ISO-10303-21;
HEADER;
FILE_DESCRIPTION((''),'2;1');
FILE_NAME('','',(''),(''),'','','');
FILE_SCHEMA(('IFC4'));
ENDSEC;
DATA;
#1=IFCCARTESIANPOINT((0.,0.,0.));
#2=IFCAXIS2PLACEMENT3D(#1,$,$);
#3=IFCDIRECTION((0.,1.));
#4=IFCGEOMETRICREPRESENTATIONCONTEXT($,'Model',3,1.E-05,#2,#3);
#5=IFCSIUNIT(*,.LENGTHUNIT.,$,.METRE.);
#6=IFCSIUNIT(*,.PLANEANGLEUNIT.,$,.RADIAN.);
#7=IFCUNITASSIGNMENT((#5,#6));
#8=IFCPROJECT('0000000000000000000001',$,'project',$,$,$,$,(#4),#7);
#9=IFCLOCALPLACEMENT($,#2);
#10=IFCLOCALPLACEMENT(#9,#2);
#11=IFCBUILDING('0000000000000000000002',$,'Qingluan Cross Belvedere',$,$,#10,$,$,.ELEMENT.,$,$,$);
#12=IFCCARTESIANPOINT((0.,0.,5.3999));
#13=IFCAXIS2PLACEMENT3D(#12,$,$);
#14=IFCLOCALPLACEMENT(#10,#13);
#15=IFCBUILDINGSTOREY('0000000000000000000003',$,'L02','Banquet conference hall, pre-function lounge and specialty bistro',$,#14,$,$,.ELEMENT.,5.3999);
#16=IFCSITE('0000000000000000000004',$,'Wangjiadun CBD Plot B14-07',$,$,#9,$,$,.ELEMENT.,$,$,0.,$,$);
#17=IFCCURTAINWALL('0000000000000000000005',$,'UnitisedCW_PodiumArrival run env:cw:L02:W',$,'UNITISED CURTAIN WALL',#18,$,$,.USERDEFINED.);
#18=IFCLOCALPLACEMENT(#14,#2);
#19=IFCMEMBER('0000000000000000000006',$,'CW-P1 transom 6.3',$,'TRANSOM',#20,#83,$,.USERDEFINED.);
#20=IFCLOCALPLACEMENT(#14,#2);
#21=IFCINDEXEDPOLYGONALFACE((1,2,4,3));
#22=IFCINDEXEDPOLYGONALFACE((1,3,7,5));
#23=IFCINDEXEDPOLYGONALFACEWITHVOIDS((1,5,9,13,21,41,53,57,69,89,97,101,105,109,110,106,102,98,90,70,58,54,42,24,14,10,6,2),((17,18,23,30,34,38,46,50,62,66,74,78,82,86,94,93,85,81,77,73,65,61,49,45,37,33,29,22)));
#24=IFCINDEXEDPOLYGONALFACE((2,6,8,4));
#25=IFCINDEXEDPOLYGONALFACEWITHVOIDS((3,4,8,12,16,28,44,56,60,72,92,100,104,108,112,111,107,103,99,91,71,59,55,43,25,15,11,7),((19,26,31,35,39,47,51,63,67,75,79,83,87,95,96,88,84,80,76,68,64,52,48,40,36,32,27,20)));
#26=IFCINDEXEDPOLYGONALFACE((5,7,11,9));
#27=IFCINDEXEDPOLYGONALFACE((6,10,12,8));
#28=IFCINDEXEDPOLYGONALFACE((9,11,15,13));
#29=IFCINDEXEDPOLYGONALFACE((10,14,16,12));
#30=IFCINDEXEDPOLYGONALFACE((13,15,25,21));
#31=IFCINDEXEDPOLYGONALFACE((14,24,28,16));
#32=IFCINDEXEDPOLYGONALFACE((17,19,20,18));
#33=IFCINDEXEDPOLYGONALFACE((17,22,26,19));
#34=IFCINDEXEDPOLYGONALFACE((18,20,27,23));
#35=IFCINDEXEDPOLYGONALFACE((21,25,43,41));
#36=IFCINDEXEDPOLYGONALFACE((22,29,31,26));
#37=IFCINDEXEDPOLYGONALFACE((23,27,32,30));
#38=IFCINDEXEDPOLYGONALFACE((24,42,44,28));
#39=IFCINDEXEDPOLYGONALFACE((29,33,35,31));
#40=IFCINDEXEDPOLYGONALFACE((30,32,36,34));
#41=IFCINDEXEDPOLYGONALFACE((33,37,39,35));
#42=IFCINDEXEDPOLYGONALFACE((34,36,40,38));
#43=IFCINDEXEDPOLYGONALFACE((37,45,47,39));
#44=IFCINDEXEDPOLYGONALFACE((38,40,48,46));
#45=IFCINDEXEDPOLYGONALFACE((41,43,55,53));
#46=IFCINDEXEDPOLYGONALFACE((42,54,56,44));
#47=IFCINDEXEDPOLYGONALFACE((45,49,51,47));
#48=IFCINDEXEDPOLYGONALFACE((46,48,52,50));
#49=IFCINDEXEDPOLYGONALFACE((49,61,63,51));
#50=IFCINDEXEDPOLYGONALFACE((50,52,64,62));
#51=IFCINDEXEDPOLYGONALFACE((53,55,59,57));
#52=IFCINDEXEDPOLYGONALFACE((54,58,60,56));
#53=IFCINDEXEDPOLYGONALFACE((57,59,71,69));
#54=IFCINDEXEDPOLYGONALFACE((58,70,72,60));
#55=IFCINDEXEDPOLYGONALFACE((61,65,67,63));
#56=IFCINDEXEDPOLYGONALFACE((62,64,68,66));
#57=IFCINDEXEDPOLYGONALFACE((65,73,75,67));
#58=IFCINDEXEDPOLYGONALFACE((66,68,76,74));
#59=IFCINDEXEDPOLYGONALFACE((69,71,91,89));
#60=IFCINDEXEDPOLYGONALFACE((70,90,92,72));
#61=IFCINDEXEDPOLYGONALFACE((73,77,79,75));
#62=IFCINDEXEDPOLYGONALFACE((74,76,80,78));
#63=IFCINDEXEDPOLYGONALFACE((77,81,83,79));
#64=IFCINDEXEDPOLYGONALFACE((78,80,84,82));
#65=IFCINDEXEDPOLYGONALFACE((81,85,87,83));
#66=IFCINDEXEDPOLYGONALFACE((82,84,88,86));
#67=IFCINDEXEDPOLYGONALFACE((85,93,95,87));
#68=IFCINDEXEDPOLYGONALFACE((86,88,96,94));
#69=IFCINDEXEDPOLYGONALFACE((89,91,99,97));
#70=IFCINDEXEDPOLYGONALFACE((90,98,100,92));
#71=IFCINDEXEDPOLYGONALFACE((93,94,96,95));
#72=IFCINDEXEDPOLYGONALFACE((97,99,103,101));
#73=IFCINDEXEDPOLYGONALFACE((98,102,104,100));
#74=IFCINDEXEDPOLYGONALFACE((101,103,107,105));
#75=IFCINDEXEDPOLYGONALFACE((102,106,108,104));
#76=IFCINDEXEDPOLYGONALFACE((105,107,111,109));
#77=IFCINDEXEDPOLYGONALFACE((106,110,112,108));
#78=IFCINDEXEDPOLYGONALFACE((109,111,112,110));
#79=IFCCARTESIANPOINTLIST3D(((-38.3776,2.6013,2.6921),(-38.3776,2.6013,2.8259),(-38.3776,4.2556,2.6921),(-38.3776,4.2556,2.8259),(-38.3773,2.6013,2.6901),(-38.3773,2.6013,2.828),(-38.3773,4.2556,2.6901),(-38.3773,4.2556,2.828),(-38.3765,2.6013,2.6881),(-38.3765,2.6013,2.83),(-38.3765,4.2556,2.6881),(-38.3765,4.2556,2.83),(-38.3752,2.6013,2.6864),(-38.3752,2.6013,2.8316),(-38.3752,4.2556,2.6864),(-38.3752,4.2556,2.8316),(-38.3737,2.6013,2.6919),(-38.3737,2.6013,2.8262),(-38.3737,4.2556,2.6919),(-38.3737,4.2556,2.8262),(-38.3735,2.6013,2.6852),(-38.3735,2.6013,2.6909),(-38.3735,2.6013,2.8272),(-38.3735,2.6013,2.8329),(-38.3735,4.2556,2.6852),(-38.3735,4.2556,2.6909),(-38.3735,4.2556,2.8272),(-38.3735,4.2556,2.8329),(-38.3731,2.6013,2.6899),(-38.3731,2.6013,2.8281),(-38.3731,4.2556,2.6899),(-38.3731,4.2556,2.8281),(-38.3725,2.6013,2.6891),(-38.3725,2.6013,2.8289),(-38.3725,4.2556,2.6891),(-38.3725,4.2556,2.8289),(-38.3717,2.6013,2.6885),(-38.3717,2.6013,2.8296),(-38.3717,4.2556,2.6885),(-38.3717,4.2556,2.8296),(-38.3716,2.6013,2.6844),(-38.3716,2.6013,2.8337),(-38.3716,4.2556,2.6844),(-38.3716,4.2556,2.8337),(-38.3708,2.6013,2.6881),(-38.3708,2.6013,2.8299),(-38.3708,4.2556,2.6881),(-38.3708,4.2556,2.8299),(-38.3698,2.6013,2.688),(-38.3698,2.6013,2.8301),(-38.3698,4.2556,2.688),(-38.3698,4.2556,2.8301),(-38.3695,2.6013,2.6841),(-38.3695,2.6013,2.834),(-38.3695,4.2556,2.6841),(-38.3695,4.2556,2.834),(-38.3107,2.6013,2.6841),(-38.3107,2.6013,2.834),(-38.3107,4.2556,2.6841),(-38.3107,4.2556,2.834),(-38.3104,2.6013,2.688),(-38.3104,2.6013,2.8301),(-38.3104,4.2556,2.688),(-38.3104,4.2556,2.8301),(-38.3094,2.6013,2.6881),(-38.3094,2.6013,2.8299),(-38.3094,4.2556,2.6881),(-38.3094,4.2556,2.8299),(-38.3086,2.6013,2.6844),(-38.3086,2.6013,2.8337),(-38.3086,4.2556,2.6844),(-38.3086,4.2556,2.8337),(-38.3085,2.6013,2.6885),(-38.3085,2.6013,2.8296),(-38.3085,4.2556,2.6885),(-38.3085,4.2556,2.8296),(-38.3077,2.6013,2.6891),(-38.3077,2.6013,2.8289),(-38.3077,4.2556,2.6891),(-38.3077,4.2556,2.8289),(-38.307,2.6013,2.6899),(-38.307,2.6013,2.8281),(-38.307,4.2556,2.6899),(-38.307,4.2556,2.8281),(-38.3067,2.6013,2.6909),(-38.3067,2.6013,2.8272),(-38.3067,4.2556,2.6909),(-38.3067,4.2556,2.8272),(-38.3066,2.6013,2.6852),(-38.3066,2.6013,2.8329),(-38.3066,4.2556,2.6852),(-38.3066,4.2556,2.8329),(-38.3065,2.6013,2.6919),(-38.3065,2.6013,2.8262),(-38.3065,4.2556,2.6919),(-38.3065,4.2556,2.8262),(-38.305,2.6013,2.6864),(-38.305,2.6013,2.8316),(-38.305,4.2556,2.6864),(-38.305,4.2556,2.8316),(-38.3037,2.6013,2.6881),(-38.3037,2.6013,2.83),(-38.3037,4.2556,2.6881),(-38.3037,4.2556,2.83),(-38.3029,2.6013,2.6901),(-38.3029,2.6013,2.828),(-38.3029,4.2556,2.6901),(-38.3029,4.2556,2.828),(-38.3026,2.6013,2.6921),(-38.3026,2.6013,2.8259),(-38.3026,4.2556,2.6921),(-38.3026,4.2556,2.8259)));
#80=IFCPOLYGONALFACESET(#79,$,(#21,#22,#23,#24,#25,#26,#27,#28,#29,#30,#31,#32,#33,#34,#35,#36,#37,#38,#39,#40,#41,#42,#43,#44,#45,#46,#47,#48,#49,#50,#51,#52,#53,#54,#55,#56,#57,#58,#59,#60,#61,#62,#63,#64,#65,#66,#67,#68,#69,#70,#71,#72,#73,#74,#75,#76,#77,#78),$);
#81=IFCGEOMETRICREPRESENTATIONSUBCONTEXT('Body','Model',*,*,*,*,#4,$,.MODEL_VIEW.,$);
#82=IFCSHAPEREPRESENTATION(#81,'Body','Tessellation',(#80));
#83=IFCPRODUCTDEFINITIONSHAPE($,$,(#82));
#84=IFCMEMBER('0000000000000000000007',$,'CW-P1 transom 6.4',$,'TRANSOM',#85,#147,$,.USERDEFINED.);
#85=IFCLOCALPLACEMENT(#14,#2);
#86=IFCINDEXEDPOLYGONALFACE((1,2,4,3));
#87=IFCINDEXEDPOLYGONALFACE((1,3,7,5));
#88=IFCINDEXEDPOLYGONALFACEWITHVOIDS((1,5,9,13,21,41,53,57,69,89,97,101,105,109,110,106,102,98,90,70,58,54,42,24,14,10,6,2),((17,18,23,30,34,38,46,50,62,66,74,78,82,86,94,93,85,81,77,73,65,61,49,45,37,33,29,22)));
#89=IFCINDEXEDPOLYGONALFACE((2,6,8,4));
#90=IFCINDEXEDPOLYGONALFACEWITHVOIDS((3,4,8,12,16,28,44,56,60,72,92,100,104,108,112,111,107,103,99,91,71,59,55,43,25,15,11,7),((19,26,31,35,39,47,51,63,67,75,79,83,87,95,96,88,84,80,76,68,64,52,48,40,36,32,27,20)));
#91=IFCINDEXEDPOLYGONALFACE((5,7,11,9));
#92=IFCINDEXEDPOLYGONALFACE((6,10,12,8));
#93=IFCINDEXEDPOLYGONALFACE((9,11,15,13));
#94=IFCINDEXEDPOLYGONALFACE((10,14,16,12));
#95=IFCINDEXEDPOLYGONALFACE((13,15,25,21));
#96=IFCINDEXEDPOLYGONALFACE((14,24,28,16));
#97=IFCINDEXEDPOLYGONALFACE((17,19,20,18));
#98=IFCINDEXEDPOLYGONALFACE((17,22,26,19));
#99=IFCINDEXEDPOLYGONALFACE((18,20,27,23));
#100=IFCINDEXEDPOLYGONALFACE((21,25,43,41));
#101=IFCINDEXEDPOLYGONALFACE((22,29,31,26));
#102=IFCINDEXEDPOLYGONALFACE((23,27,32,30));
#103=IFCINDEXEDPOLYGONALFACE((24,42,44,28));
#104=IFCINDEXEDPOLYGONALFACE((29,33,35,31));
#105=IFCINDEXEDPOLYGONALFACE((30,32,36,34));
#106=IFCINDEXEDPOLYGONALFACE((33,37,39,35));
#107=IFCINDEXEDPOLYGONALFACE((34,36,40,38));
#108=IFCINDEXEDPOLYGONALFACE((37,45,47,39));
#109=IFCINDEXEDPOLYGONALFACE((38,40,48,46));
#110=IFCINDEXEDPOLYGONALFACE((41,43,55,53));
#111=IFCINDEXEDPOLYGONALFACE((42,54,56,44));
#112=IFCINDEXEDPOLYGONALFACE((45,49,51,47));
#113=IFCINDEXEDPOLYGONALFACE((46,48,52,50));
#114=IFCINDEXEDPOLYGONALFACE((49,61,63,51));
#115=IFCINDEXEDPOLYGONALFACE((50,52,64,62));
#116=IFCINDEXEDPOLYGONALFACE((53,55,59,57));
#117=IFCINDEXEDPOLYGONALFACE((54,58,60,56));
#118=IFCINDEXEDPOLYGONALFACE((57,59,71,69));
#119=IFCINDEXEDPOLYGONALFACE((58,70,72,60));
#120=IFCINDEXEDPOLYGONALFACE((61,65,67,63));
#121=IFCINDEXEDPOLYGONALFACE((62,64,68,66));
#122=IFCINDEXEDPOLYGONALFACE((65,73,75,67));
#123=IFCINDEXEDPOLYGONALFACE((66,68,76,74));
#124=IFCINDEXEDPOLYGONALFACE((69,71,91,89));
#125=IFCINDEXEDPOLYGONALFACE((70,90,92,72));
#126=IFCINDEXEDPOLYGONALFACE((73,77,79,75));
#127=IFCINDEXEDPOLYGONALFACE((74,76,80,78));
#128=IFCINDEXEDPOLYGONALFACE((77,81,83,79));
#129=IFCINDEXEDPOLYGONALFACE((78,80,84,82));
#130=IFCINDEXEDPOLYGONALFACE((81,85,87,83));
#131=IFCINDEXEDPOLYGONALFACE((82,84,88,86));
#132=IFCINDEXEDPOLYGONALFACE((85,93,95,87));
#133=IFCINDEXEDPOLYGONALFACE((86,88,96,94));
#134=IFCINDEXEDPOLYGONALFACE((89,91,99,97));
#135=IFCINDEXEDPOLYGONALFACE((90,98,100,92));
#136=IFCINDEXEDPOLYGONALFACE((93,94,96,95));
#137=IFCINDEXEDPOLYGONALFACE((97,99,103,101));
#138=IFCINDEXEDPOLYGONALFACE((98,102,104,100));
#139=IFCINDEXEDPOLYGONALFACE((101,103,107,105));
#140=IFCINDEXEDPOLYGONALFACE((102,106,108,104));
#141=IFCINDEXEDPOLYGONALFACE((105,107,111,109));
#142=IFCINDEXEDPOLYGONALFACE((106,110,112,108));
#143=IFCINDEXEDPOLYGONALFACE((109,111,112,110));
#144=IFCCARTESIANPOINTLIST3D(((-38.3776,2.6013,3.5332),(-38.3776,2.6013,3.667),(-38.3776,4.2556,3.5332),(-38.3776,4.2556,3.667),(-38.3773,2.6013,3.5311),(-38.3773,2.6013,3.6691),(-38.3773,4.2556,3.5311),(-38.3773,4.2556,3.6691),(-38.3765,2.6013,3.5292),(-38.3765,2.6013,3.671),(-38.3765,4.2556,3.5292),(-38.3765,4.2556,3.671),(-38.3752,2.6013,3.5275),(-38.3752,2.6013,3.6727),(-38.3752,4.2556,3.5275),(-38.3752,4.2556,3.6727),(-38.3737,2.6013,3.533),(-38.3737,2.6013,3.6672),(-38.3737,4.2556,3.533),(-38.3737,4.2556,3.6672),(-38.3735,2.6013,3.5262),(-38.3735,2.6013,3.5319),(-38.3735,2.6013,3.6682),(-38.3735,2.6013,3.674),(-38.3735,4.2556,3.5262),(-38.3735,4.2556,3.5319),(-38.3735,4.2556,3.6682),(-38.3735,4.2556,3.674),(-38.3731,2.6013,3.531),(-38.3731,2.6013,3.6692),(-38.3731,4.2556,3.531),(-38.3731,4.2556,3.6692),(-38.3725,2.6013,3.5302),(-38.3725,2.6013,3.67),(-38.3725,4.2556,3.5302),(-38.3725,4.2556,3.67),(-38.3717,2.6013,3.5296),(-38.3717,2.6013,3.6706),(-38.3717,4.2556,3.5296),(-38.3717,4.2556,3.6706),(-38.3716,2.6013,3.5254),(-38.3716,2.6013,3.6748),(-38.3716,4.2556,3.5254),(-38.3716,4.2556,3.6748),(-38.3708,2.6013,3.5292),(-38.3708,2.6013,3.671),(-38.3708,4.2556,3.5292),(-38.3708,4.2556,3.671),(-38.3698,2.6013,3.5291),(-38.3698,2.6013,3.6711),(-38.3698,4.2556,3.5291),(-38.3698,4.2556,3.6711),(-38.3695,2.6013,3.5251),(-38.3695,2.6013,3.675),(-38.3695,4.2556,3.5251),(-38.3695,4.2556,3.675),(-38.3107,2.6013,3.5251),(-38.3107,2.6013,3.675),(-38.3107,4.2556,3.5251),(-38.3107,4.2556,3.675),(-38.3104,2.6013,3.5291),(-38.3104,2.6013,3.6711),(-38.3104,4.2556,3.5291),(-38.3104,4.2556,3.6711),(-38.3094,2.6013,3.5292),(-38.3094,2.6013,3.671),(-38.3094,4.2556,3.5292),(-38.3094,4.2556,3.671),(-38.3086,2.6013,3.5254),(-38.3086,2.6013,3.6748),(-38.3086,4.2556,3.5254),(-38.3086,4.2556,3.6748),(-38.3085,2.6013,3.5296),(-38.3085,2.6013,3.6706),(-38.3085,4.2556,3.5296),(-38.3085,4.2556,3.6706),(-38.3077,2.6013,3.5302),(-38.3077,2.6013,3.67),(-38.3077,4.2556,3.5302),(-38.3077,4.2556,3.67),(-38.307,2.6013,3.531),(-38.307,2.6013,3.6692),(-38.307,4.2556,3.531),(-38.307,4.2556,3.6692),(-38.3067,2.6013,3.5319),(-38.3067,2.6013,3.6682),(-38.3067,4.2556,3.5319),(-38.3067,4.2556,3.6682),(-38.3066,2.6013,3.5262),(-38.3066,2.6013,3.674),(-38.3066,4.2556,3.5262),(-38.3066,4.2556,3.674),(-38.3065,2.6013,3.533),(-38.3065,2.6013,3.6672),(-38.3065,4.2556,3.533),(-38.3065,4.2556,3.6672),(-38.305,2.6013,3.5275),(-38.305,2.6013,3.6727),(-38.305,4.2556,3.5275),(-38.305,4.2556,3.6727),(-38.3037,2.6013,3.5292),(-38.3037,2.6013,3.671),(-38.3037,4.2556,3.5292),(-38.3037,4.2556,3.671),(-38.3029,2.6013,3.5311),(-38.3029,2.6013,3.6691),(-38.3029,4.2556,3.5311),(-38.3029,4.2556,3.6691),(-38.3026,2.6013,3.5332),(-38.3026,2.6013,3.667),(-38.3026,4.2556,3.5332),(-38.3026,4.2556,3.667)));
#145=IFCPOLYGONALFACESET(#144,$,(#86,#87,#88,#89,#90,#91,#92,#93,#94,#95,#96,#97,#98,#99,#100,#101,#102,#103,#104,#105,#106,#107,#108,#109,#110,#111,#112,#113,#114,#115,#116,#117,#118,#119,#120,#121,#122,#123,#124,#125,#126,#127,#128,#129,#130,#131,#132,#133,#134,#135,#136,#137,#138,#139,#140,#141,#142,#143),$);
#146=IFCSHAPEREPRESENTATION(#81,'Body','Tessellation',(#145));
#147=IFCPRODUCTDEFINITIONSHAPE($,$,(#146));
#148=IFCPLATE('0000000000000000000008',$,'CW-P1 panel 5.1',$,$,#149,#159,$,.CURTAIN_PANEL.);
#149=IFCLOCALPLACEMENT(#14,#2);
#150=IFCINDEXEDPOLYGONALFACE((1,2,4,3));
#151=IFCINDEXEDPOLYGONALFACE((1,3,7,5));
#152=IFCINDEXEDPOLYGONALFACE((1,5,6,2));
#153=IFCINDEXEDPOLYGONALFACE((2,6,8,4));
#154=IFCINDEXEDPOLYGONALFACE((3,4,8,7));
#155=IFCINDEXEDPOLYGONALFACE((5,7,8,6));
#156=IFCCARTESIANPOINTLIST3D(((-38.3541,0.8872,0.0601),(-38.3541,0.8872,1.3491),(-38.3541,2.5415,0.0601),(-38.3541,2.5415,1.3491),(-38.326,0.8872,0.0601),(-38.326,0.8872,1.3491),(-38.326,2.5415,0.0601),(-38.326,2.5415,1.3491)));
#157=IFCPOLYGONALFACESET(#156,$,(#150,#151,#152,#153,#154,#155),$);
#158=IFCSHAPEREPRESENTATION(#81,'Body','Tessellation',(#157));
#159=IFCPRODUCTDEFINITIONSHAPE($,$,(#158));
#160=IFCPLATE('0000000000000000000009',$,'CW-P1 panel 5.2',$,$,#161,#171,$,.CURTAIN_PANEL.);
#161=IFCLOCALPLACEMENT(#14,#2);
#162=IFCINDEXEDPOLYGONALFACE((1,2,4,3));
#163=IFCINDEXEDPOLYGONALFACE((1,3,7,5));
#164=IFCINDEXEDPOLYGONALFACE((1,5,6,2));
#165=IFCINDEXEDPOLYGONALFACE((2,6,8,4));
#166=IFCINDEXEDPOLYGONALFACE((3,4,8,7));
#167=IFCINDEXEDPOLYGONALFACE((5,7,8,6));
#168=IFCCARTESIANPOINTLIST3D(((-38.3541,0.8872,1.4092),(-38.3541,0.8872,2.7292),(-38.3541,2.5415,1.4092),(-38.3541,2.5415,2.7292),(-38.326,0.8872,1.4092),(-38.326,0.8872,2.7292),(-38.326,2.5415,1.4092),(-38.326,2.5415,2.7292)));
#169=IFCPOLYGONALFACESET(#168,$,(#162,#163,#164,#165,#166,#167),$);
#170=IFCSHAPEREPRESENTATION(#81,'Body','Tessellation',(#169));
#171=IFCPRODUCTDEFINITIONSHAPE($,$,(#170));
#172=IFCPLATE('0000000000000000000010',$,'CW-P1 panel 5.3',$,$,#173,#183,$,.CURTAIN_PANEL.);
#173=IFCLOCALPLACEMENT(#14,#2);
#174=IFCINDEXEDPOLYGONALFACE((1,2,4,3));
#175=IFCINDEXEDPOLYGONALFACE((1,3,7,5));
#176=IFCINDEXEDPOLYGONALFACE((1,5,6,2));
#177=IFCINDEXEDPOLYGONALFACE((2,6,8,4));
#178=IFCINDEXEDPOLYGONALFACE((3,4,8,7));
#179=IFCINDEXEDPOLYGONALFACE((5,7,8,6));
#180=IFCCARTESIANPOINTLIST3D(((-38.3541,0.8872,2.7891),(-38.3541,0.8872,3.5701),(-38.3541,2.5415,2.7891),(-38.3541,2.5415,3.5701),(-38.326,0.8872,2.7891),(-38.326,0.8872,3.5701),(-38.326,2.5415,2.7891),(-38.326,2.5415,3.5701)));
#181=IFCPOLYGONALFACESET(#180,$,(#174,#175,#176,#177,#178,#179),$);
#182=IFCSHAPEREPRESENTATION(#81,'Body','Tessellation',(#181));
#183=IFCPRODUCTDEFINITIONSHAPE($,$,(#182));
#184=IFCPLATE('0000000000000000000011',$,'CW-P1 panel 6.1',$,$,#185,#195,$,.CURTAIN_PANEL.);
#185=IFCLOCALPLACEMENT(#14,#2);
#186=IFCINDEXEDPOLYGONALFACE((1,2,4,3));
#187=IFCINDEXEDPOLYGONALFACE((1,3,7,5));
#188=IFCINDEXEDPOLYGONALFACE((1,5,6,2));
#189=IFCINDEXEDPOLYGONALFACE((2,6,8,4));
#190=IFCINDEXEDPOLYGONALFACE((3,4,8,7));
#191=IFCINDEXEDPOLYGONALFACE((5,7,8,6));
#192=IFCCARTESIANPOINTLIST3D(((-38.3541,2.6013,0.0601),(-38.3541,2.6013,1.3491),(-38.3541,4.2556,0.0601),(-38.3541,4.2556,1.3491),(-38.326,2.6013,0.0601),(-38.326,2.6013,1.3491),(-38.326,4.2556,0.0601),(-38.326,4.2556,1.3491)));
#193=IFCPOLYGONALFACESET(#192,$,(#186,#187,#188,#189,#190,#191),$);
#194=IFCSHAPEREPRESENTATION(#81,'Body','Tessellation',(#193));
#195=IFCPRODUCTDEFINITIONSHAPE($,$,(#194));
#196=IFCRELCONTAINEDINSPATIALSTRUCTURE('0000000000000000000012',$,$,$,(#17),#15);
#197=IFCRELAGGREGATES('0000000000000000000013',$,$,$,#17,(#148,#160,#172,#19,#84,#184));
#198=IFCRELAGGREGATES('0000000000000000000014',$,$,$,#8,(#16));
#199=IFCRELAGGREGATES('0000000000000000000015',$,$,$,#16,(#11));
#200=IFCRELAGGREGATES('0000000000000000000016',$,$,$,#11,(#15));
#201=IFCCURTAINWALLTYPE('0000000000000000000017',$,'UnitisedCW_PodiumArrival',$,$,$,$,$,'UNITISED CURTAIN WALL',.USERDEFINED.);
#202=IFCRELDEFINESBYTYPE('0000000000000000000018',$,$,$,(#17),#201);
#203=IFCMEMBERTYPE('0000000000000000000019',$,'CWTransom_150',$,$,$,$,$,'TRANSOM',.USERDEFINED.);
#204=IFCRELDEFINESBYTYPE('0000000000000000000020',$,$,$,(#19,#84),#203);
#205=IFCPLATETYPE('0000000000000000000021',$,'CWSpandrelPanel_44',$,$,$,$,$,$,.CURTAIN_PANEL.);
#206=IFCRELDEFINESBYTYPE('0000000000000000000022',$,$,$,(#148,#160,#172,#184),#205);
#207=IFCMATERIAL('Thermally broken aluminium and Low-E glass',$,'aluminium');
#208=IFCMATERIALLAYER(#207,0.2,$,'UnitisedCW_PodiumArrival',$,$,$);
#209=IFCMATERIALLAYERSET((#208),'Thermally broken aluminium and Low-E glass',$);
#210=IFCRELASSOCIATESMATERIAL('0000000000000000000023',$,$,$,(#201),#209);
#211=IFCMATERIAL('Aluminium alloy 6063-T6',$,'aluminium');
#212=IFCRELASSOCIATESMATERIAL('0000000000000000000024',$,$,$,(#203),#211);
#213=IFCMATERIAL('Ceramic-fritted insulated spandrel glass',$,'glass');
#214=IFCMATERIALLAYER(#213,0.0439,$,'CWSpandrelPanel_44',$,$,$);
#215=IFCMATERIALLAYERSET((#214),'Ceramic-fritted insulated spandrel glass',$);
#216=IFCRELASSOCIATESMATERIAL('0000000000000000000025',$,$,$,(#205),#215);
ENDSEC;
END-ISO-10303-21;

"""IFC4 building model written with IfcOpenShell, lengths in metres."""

from ifc_helpers import new_model, si_unit, direction, frame, origin, origin_2d, place, context, subcontext, project, spatial, rectangle, hollow_rectangle, extrude, material, layer, layer_set, material_profile, profile_set, type_object, element, aggregate, save


model = new_model("IFC4")

# Units and contexts
model_context = context("Model", 3, precision=1e-05, world=origin(), true_north=direction((0.0, 1.0)))
body_context = subcontext(model_context, "Body", "Model", "MODEL_VIEW")
ifc_project = project(units=[si_unit("LENGTHUNIT", "METRE"), si_unit("PLANEANGLEUNIT", "RADIAN")], contexts=[model_context])

# Site, building, storey
site_placement = place(None, origin())
site = spatial("IfcSite", under=ifc_project, at=site_placement, Name="Wangjiadun CBD Plot B14-07", CompositionType="ELEMENT", RefElevation=0.0)
building_placement = place(site_placement, origin())
building = spatial("IfcBuilding", under=site, at=building_placement, Name="Qingluan Cross Belvedere", CompositionType="ELEMENT")
storey_placement = place(building_placement, frame((0.0, 0.0, 5.3999)))
storey = spatial("IfcBuildingStorey", under=building, at=storey_placement, Name="L02", Description="Banquet conference hall, pre-function lounge and specialty bistro", CompositionType="ELEMENT", Elevation=5.3999)

# Curtain wall, members, plates
ifc_material_1 = material(Name="Thermally broken aluminium and Low-E glass", Category="aluminium")
ifc_layer_1 = layer(ifc_material_1, 0.2, Name="UnitisedCW_PodiumArrival")
ifc_layer_set_1 = layer_set([ifc_layer_1], Name="Thermally broken aluminium and Low-E glass")
curtain_wall_type = type_object("IfcCurtainWallType", Name="UnitisedCW_PodiumArrival", ElementType="UNITISED CURTAIN WALL", PredefinedType="USERDEFINED", material=ifc_layer_set_1)
curtain_wall_placement = place(storey_placement, origin())
curtain_wall = element("IfcCurtainWall", 1, at=curtain_wall_placement, inside=storey, type_object=curtain_wall_type, Name="UnitisedCW_PodiumArrival run env:cw:L02:W", ObjectType="UNITISED CURTAIN WALL", PredefinedType="USERDEFINED")
ifc_material_2 = material(Name="Aluminium alloy 6063-T6", Category="aluminium")
ifc_material_profile_1 = material_profile(ifc_material_2, hollow_rectangle(XDim=0.075, YDim=0.1499, WallThickness=0.0039, InnerFilletRadius=0.0039, OuterFilletRadius=0.0081, at=origin_2d()), Name="CWT150x75x4")
ifc_profile_set_1 = profile_set([ifc_material_profile_1], Name="Aluminium alloy 6063-T6")
member_type_1 = type_object("IfcMemberType", Name="CWTransom_150", ElementType="TRANSOM", PredefinedType="USERDEFINED", material=ifc_profile_set_1)
member_1_placement = place(storey_placement, frame((-38.3401, 2.6013, 2.759), z_axis=(0.0, 1.0, 0.0), x_axis=(-1.0, 0.0, 0.0)))
member_1 = element("IfcMember", 2, at=member_1_placement, type_object=member_type_1, Name="CW-P1 transom 6.3", ObjectType="TRANSOM", PredefinedType="USERDEFINED", context=body_context, shape_type="SweptSolid", body=[
    extrude(hollow_rectangle(XDim=0.075, YDim=0.1499, WallThickness=0.0039, InnerFilletRadius=0.0039, OuterFilletRadius=0.0081, at=origin_2d()), origin(), (0.0, 0.0, 1.0), 1.6543),
])
member_2_placement = place(storey_placement, frame((-38.3401, 2.6013, 3.6001), z_axis=(0.0, 1.0, 0.0), x_axis=(-1.0, 0.0, 0.0)))
member_2 = element("IfcMember", 3, at=member_2_placement, type_object=member_type_1, Name="CW-P1 transom 6.4", ObjectType="TRANSOM", PredefinedType="USERDEFINED", context=body_context, shape_type="SweptSolid", body=[
    extrude(hollow_rectangle(XDim=0.075, YDim=0.1499, WallThickness=0.0039, InnerFilletRadius=0.0039, OuterFilletRadius=0.0081, at=origin_2d()), origin(), (0.0, 0.0, 1.0), 1.6543),
])
ifc_material_3 = material(Name="Ceramic-fritted insulated spandrel glass", Category="glass")
ifc_layer_2 = layer(ifc_material_3, 0.0439, Name="CWSpandrelPanel_44")
ifc_layer_set_2 = layer_set([ifc_layer_2], Name="Ceramic-fritted insulated spandrel glass")
plate_type = type_object("IfcPlateType", Name="CWSpandrelPanel_44", PredefinedType="CURTAIN_PANEL", material=ifc_layer_set_2)
plate_1_placement = place(storey_placement, frame((-38.3401, 1.7144, 0.0601), z_axis=(0.0, 0.0, 1.0), x_axis=(0.0, 1.0, 0.0)))
plate_1 = element("IfcPlate", 4, at=plate_1_placement, type_object=plate_type, Name="CW-P1 panel 5.1", PredefinedType="CURTAIN_PANEL", context=body_context, shape_type="SweptSolid", body=[
    extrude(rectangle(XDim=1.6543, YDim=0.0281, at=origin_2d()), origin(), (0.0, 0.0, 1.0), 1.2891),
])
plate_2_placement = place(storey_placement, frame((-38.3401, 1.7144, 1.4092), z_axis=(0.0, 0.0, 1.0), x_axis=(0.0, 1.0, 0.0)))
plate_2 = element("IfcPlate", 5, at=plate_2_placement, type_object=plate_type, Name="CW-P1 panel 5.2", PredefinedType="CURTAIN_PANEL", context=body_context, shape_type="SweptSolid", body=[
    extrude(rectangle(XDim=1.6543, YDim=0.0281, at=origin_2d()), origin(), (0.0, 0.0, 1.0), 1.3201),
])
plate_3_placement = place(storey_placement, frame((-38.3401, 1.7144, 2.7891), z_axis=(0.0, 0.0, 1.0), x_axis=(0.0, 1.0, 0.0)))
plate_3 = element("IfcPlate", 6, at=plate_3_placement, type_object=plate_type, Name="CW-P1 panel 5.3", PredefinedType="CURTAIN_PANEL", context=body_context, shape_type="SweptSolid", body=[
    extrude(rectangle(XDim=1.6543, YDim=0.0281, at=origin_2d()), origin(), (0.0, 0.0, 1.0), 0.781),
])
plate_4_placement = place(storey_placement, frame((-38.3401, 3.4285, 0.0601), z_axis=(0.0, 0.0, 1.0), x_axis=(0.0, 1.0, 0.0)))
plate_4 = element("IfcPlate", 7, at=plate_4_placement, type_object=plate_type, Name="CW-P1 panel 6.1", PredefinedType="CURTAIN_PANEL", context=body_context, shape_type="SweptSolid", body=[
    extrude(rectangle(XDim=1.6543, YDim=0.0281, at=origin_2d()), origin(), (0.0, 0.0, 1.0), 1.2891),
])
aggregate(curtain_wall, [plate_1, plate_2, plate_3, member_1, member_2, plate_4])

save(model, "model.ifc")
